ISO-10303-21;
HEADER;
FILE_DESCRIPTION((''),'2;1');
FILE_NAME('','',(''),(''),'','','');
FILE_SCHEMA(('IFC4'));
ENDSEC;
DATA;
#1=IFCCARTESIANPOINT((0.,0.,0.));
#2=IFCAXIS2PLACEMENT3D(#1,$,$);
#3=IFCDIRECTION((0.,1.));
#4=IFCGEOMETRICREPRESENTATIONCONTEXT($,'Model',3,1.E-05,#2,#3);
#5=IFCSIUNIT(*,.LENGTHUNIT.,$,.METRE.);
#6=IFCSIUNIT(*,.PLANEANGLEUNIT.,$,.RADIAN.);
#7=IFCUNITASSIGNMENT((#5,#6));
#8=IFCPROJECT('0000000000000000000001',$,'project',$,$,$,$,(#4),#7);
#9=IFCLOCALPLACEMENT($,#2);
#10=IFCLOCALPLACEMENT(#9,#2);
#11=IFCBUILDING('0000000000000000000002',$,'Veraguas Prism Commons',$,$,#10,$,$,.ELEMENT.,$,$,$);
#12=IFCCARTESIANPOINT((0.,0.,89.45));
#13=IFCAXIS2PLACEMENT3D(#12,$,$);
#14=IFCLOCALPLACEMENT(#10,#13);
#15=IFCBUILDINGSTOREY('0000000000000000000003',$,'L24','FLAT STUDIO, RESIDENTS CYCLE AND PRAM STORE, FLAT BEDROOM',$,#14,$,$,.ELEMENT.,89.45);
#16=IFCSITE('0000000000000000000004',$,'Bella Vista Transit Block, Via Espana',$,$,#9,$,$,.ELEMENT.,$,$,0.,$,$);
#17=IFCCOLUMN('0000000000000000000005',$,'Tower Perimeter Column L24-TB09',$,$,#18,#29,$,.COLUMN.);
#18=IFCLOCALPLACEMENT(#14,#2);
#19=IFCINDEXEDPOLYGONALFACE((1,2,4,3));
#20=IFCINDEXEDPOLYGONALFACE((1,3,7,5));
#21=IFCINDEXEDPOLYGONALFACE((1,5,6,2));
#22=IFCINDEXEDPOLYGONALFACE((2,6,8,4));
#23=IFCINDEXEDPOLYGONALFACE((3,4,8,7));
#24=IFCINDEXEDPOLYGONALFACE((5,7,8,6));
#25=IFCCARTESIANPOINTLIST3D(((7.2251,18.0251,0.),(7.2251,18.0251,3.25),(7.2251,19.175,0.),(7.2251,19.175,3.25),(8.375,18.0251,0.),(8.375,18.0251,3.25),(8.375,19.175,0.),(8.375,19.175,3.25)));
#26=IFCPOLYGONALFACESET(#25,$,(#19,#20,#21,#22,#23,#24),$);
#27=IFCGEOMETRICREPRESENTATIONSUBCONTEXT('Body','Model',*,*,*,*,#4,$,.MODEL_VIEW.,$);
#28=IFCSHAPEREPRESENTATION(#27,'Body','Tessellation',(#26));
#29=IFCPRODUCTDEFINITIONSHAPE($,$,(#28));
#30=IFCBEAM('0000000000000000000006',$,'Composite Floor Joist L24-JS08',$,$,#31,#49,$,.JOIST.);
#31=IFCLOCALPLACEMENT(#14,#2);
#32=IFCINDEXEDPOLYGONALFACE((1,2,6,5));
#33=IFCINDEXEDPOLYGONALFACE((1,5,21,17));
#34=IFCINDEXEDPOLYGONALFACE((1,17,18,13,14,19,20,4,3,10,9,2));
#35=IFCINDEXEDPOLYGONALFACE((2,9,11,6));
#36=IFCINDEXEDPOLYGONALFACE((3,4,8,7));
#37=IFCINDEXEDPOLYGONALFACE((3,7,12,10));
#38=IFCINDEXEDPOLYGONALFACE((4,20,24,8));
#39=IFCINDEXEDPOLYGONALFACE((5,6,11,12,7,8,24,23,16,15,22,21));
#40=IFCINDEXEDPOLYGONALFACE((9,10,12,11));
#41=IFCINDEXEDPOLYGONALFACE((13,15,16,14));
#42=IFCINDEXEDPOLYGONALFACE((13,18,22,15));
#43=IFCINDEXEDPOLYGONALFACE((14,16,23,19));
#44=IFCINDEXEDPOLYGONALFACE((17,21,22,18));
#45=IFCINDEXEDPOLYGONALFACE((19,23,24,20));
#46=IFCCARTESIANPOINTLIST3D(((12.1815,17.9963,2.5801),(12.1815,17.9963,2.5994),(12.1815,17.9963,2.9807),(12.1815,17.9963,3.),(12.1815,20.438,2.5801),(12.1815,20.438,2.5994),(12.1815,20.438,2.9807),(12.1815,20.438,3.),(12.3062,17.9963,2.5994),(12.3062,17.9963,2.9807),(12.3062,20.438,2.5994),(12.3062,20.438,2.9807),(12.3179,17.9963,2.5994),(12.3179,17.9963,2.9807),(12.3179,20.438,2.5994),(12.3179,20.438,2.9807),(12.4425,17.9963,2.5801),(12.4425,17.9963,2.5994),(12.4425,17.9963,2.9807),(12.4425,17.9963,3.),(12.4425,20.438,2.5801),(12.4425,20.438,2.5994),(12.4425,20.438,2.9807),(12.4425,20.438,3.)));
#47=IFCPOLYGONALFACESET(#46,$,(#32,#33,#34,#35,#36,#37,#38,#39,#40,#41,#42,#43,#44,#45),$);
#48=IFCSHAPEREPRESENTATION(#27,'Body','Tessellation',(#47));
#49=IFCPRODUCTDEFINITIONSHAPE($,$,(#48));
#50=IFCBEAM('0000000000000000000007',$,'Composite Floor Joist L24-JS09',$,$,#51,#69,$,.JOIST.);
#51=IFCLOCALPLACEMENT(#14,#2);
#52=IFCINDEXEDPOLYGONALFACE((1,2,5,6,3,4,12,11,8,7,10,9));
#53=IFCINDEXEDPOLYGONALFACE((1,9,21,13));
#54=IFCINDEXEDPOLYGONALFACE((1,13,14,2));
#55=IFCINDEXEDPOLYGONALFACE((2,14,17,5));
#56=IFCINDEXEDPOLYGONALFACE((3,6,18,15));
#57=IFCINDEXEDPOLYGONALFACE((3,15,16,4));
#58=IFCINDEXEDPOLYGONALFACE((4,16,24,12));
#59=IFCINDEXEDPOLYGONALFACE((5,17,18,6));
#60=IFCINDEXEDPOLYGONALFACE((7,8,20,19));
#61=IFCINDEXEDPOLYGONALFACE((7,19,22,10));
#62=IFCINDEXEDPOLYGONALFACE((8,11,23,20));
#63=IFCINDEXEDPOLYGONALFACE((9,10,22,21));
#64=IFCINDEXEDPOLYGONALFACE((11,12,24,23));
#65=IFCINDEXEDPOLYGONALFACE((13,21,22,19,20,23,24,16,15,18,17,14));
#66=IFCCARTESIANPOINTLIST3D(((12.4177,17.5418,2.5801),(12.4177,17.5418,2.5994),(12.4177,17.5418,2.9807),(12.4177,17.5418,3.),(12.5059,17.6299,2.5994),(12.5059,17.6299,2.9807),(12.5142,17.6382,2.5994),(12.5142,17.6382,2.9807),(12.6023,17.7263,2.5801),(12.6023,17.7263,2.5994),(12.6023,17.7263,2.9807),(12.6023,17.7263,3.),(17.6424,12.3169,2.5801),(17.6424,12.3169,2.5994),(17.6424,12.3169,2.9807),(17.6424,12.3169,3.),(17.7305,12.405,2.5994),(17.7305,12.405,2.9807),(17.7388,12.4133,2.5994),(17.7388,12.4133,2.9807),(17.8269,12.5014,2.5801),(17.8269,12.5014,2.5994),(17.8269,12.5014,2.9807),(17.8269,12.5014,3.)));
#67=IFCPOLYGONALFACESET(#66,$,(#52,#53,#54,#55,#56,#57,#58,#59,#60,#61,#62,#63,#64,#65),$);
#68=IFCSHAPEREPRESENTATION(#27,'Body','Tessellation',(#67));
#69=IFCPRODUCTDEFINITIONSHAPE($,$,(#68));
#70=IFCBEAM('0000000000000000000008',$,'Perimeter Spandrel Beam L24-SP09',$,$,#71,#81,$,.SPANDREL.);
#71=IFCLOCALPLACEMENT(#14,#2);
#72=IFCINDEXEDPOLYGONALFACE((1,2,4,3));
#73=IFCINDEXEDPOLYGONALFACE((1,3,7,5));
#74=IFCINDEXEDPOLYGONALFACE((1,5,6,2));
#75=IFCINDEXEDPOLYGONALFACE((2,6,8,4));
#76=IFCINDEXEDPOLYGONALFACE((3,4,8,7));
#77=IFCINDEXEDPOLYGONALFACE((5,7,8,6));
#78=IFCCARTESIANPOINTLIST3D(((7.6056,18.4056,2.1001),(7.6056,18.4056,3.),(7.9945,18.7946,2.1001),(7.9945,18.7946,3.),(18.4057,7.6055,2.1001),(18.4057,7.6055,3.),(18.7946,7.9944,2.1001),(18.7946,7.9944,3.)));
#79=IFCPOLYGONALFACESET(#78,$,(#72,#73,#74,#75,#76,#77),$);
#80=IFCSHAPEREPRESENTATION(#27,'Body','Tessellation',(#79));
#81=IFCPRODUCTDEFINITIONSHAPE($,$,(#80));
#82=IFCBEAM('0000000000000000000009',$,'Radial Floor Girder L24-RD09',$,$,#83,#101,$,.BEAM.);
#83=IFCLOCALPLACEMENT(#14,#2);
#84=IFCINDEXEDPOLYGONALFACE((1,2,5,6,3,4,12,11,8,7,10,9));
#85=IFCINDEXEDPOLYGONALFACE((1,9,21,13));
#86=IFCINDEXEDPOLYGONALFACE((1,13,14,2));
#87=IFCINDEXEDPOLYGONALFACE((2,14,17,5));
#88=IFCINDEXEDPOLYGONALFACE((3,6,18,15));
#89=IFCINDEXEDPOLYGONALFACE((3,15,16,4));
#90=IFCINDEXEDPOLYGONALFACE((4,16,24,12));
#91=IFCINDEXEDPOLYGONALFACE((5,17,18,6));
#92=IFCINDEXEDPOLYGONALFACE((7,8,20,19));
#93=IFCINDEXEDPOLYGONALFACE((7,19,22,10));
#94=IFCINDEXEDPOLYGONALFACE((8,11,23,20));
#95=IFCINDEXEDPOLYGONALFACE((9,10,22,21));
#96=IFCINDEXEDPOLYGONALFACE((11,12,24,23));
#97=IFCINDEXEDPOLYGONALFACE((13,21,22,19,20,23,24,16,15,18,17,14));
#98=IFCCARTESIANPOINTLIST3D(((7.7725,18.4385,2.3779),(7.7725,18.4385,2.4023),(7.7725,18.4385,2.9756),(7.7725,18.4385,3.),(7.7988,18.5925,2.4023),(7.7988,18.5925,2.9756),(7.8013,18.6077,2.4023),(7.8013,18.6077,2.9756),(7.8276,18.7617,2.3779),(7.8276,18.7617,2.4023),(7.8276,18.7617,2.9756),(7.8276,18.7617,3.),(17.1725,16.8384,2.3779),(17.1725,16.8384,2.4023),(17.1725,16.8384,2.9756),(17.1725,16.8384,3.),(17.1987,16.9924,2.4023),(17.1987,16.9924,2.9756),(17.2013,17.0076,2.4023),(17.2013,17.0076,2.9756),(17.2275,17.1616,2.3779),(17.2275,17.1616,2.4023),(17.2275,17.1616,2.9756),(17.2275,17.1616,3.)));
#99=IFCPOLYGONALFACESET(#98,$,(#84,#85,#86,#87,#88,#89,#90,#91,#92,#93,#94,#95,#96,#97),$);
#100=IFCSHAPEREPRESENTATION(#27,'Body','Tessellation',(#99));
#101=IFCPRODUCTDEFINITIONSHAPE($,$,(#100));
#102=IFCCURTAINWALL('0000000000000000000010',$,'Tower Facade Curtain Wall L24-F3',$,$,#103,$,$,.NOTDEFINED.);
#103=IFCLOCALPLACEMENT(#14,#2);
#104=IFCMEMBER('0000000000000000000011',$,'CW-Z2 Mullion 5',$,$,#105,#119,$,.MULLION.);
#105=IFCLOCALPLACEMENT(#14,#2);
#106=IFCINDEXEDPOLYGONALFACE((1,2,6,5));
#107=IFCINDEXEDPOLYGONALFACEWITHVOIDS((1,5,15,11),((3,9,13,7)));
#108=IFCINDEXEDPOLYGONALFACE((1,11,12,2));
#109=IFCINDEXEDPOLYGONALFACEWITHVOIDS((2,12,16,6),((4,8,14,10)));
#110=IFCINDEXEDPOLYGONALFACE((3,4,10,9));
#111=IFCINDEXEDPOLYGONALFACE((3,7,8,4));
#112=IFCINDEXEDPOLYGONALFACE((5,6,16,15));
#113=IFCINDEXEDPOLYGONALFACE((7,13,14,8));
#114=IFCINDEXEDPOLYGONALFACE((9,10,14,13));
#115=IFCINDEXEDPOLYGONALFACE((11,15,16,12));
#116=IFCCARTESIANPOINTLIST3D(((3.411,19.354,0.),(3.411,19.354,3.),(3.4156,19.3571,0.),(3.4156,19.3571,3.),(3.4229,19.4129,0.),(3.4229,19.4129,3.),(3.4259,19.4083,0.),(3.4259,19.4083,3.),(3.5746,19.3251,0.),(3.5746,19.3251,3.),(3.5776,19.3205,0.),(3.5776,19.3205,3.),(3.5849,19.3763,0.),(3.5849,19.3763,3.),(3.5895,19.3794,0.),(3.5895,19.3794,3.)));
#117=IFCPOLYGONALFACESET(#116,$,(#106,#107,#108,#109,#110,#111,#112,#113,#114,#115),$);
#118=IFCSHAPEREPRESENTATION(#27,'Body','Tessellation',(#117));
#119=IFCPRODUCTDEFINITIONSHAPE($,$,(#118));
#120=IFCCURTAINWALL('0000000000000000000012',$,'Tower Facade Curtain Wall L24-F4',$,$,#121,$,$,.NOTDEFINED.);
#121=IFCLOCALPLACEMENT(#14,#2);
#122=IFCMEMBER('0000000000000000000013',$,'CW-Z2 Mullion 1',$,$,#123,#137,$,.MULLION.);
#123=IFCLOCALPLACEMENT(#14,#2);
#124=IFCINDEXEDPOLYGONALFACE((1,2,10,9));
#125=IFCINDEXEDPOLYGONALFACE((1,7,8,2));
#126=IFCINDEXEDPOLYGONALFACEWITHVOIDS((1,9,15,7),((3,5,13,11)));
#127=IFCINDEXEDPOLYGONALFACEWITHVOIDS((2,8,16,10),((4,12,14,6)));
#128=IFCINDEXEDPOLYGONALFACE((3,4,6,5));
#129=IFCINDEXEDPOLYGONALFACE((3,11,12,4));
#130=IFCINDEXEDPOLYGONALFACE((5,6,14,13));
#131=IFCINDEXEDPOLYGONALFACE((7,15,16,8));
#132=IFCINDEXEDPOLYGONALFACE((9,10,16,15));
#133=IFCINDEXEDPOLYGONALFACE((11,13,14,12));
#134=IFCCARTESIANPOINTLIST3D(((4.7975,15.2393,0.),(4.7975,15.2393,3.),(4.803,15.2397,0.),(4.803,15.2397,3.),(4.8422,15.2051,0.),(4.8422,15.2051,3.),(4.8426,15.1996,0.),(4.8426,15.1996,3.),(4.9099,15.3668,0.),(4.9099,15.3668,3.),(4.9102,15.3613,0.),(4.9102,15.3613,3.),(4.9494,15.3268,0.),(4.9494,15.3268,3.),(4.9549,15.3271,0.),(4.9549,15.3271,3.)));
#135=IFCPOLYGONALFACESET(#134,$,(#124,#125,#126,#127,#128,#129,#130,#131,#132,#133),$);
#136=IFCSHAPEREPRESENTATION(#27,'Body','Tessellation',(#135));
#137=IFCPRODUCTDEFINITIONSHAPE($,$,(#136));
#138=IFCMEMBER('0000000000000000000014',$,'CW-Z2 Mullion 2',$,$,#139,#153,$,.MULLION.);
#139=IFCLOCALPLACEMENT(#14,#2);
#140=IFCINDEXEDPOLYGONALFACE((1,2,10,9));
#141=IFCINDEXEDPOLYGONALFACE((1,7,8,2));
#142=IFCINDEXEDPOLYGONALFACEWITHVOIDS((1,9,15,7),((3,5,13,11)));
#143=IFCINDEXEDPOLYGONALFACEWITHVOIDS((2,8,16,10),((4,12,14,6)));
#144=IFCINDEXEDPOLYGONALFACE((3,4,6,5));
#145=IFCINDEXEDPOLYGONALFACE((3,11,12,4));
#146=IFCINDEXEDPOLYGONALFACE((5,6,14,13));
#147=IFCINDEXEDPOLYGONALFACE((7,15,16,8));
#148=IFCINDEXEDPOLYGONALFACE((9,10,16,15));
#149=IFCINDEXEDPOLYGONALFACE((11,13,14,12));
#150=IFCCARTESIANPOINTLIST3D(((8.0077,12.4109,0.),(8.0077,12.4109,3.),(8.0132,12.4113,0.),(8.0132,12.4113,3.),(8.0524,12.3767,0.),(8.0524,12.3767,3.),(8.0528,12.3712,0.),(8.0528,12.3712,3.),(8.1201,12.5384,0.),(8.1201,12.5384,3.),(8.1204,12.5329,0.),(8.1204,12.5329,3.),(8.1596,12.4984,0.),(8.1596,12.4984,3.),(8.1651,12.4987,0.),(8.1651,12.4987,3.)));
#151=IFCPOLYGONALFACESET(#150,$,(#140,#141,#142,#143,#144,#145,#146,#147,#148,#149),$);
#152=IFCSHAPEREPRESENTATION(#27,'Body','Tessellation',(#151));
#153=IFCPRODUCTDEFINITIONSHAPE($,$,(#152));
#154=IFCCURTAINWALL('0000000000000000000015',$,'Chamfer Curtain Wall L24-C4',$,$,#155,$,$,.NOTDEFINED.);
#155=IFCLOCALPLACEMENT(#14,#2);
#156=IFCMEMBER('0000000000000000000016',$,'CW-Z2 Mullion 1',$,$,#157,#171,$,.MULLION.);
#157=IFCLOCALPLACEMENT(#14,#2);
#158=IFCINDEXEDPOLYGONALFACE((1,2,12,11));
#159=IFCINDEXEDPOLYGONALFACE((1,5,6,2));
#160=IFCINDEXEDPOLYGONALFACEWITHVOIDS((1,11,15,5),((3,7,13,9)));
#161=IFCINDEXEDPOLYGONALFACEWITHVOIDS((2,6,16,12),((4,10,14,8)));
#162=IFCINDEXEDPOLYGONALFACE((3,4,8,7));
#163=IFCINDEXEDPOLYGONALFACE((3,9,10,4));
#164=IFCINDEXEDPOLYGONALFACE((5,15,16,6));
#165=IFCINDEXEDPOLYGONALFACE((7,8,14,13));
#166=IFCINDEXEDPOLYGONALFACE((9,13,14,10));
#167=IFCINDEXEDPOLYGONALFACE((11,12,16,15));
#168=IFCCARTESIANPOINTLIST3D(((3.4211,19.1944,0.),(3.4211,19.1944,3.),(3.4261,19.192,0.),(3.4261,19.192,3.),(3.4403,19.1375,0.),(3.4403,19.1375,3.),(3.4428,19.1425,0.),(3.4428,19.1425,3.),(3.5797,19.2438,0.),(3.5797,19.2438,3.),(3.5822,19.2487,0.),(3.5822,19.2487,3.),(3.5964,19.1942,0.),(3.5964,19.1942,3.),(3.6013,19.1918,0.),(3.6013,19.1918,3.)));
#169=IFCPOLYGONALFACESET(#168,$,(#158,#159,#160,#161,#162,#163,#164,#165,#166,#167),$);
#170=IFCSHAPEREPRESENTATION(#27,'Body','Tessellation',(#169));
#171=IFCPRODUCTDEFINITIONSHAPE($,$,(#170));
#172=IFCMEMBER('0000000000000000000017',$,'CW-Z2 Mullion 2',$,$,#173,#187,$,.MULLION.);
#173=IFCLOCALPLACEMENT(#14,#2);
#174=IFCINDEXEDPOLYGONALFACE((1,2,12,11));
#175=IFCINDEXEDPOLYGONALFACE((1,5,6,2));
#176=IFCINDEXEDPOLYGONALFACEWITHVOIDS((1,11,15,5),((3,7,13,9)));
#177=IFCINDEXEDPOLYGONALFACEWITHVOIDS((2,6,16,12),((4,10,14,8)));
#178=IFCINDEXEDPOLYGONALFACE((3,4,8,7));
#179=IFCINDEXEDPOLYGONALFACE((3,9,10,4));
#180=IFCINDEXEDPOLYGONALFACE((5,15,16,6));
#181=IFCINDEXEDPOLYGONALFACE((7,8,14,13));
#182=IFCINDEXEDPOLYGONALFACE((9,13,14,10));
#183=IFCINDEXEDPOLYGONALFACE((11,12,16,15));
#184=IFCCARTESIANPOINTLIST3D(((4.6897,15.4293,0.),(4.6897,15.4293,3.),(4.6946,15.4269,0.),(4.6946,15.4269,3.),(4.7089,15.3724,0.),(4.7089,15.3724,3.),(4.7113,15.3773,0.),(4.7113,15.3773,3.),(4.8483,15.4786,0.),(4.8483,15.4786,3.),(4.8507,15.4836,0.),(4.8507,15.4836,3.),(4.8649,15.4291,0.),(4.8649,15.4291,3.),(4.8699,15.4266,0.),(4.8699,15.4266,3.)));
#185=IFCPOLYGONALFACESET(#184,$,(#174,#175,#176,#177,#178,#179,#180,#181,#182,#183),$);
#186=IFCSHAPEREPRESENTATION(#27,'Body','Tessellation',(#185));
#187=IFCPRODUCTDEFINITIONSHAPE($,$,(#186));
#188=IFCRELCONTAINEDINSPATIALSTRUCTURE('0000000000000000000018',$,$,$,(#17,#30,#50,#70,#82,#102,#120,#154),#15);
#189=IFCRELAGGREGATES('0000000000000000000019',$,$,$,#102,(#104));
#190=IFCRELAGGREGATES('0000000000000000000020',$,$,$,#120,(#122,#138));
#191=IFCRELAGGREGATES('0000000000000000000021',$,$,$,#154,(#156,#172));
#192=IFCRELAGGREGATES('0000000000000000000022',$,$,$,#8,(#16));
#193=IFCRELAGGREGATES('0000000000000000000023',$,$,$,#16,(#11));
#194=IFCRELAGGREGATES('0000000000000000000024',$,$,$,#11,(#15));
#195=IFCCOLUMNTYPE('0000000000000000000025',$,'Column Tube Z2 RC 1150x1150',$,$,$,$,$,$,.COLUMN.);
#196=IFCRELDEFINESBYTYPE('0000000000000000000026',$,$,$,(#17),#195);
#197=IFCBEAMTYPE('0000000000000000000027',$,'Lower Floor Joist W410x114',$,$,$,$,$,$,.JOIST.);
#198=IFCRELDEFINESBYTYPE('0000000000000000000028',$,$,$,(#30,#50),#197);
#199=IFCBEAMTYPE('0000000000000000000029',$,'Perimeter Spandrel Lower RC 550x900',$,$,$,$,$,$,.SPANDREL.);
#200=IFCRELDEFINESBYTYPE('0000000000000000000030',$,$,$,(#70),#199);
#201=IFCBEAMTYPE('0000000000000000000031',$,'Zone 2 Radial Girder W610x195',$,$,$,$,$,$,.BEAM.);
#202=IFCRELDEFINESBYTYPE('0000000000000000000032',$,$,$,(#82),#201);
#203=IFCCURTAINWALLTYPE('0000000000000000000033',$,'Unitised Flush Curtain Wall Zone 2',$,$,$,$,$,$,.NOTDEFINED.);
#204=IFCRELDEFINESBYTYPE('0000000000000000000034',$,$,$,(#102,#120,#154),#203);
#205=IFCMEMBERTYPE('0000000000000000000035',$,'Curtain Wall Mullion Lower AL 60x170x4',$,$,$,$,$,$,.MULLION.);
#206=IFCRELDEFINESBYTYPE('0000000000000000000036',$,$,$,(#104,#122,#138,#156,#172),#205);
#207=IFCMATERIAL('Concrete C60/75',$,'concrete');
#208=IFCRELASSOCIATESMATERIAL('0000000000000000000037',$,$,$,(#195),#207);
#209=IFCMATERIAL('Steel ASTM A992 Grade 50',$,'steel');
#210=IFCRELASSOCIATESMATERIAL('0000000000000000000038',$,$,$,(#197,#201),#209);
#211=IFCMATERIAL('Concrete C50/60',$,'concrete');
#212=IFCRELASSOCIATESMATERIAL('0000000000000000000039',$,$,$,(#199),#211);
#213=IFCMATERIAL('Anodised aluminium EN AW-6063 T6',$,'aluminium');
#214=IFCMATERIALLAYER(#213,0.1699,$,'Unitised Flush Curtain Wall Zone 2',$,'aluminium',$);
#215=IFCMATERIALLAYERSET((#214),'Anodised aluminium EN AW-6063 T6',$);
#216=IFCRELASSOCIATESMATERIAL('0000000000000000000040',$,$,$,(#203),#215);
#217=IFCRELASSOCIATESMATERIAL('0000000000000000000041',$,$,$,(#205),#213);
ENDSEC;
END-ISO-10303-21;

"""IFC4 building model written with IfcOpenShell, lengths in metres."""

from ifc_helpers import new_model, si_unit, direction, frame, origin, origin_2d, place, context, subcontext, project, spatial, rectangle, hollow_rectangle, i_section, extrude, source, transform, mapped, material, layer, layer_set, material_profile, profile_set, type_object, element, aggregate, save


model = new_model("IFC4")

# Units and contexts
model_context = context("Model", 3, precision=1e-05, world=origin(), true_north=direction((0.0, 1.0)))
body_context = subcontext(model_context, "Body", "Model", "MODEL_VIEW")
ifc_project = project(units=[si_unit("LENGTHUNIT", "METRE"), si_unit("PLANEANGLEUNIT", "RADIAN")], contexts=[model_context])

# Site, building, storey
site_placement = place(None, origin())
site = spatial("IfcSite", under=ifc_project, at=site_placement, Name="Bella Vista Transit Block, Via Espana", CompositionType="ELEMENT", RefElevation=0.0)
building_placement = place(site_placement, origin())
building = spatial("IfcBuilding", under=site, at=building_placement, Name="Veraguas Prism Commons", CompositionType="ELEMENT")
storey_placement = place(building_placement, frame((0.0, 0.0, 89.45)))
storey = spatial("IfcBuildingStorey", under=building, at=storey_placement, Name="L24", Description="FLAT STUDIO, RESIDENTS CYCLE AND PRAM STORE, FLAT BEDROOM", CompositionType="ELEMENT", Elevation=89.45)

# Column
ifc_material_1 = material(Name="Concrete C60/75", Category="concrete")
ifc_material_profile_1 = material_profile(ifc_material_1, rectangle(XDim=1.1499, YDim=1.1499, at=origin_2d()), Name="RC1150X1150")
ifc_profile_set_1 = profile_set([ifc_material_profile_1], Name="Concrete C60/75")
column_type = type_object("IfcColumnType", Name="Column Tube Z2 RC 1150x1150", PredefinedType="COLUMN", material=ifc_profile_set_1)
column_placement = place(storey_placement, frame((7.8, 18.6001, 0.0), z_axis=(0.0, 0.0, 1.0), x_axis=(1.0, 0.0, 0.0)))
element("IfcColumn", 1, at=column_placement, inside=storey, type_object=column_type, Name="Tower Perimeter Column L24-TB09", PredefinedType="COLUMN", context=body_context, shape_type="SweptSolid", body=[
    extrude(rectangle(XDim=1.1499, YDim=1.1499, at=origin_2d()), origin(), (0.0, 0.0, 1.0), 3.25),
])

# Beams
ifc_material_2 = material(Name="Steel ASTM A992 Grade 50", Category="steel")
ifc_material_profile_2 = material_profile(ifc_material_2, i_section(OverallWidth=0.261, OverallDepth=0.4199, WebThickness=0.0117, FlangeThickness=0.0193, at=origin_2d()), Name="W410X114")
ifc_profile_set_2 = profile_set([ifc_material_profile_2], Name="Steel ASTM A992 Grade 50")
beam_type_1 = type_object("IfcBeamType", Name="Lower Floor Joist W410x114", PredefinedType="JOIST", material=ifc_profile_set_2)
beam_1_placement = place(storey_placement, frame((12.312, 20.438, 2.79), z_axis=(0.0, -1.0, 0.0), x_axis=(1.0, 0.0, 0.0)))
element("IfcBeam", 2, at=beam_1_placement, inside=storey, type_object=beam_type_1, Name="Composite Floor Joist L24-JS08", PredefinedType="JOIST", context=body_context, shape_type="SweptSolid", body=[
    extrude(i_section(OverallWidth=0.261, OverallDepth=0.4199, WebThickness=0.0117, FlangeThickness=0.0193, at=origin_2d()), origin(), (0.0, 0.0, 1.0), 2.4417),
])
beam_2_placement = place(storey_placement, frame((12.51, 17.634, 2.79), z_axis=(0.70709, -0.707123, 0.0), x_axis=(0.707123, 0.70709, 0.0)))
element("IfcBeam", 3, at=beam_2_placement, inside=storey, type_object=beam_type_1, Name="Composite Floor Joist L24-JS09", PredefinedType="JOIST", context=body_context, shape_type="SweptSolid", body=[
    extrude(i_section(OverallWidth=0.261, OverallDepth=0.4199, WebThickness=0.0117, FlangeThickness=0.0193, at=origin_2d()), origin(), (0.0, 0.0, 1.0), 7.3889),
])
ifc_material_3 = material(Name="Concrete C50/60", Category="concrete")
ifc_material_profile_3 = material_profile(ifc_material_3, rectangle(XDim=0.55, YDim=0.8999, at=origin_2d()), Name="RC550X900")
ifc_profile_set_3 = profile_set([ifc_material_profile_3], Name="Concrete C50/60")
beam_type_2 = type_object("IfcBeamType", Name="Perimeter Spandrel Lower RC 550x900", PredefinedType="SPANDREL", material=ifc_profile_set_3)
beam_3_placement = place(storey_placement, frame((7.8, 18.6001, 2.55), z_axis=(0.707107, -0.707107, 0.0), x_axis=(0.707107, 0.707107, 0.0)))
element("IfcBeam", 4, at=beam_3_placement, inside=storey, type_object=beam_type_2, Name="Perimeter Spandrel Beam L24-SP09", PredefinedType="SPANDREL", context=body_context, shape_type="SweptSolid", body=[
    extrude(rectangle(XDim=0.55, YDim=0.8999, at=origin_2d()), origin(), (0.0, 0.0, 1.0), 15.2737),
])
ifc_material_profile_4 = material_profile(ifc_material_2, i_section(OverallWidth=0.3279, OverallDepth=0.6221, WebThickness=0.0154, FlangeThickness=0.0244, at=origin_2d()), Name="W610X195")
ifc_profile_set_4 = profile_set([ifc_material_profile_4], Name="Steel ASTM A992 Grade 50")
beam_type_3 = type_object("IfcBeamType", Name="Zone 2 Radial Girder W610x195", PredefinedType="BEAM", material=ifc_profile_set_4)
beam_4_placement = place(storey_placement, frame((7.8, 18.6001, 2.689), z_axis=(0.985819, -0.167811, 0.0), x_axis=(0.167811, 0.985819, 0.0)))
element("IfcBeam", 5, at=beam_4_placement, inside=storey, type_object=beam_type_3, Name="Radial Floor Girder L24-RD09", PredefinedType="BEAM", context=body_context, shape_type="SweptSolid", body=[
    extrude(i_section(OverallWidth=0.3279, OverallDepth=0.6221, WebThickness=0.0154, FlangeThickness=0.0244, at=origin_2d()), origin(), (0.0, 0.0, 1.0), 9.5352),
])

# Curtain wall, member
ifc_material_4 = material(Name="Anodised aluminium EN AW-6063 T6", Category="aluminium")
ifc_layer_1 = layer(ifc_material_4, 0.1699, Name="Unitised Flush Curtain Wall Zone 2", Category="aluminium")
ifc_layer_set_1 = layer_set([ifc_layer_1], Name="Anodised aluminium EN AW-6063 T6")
curtain_wall_type = type_object("IfcCurtainWallType", Name="Unitised Flush Curtain Wall Zone 2", PredefinedType="NOTDEFINED", material=ifc_layer_set_1)
curtain_wall_1_placement = place(storey_placement, origin())
curtain_wall_1 = element("IfcCurtainWall", 6, at=curtain_wall_1_placement, inside=storey, type_object=curtain_wall_type, Name="Tower Facade Curtain Wall L24-F3", PredefinedType="NOTDEFINED")
ifc_material_profile_5 = material_profile(ifc_material_4, hollow_rectangle(XDim=0.0601, YDim=0.1699, WallThickness=0.0039, at=origin_2d()), Name="AL60X170X4")
ifc_profile_set_5 = profile_set([ifc_material_profile_5], Name="Anodised aluminium EN AW-6063 T6")
member_type_1 = type_object("IfcMemberType", Name="Curtain Wall Mullion Lower AL 60x170x4", PredefinedType="MULLION", material=ifc_profile_set_5)
shared_shape_1 = source(origin(), body_context, "Body", "SweptSolid", [
    extrude(hollow_rectangle(XDim=0.0601, YDim=0.1699, WallThickness=0.0039, at=origin_2d()), origin(), (0.0, 0.0, 1.0), 3.0),
])
member_1_placement = place(storey_placement, frame((3.5002, 19.3667, 0.0), z_axis=(0.0, 0.0, 1.0), x_axis=(-0.19732, -0.980339, 0.0)))
member_1 = element("IfcMember", 7, at=member_1_placement, type_object=member_type_1, Name="CW-Z2 Mullion 5", PredefinedType="MULLION", context=body_context, shape_type="MappedRepresentation", body=[
    mapped(shared_shape_1, transform((0.0, 0.0, 0.0), scale=1.0)),
])
aggregate(curtain_wall_1, [member_1])

# Curtain walls, members
curtain_wall_2_placement = place(storey_placement, origin())
curtain_wall_2 = element("IfcCurtainWall", 8, at=curtain_wall_2_placement, inside=storey, type_object=curtain_wall_type, Name="Tower Facade Curtain Wall L24-F4", PredefinedType="NOTDEFINED")
member_2_placement = place(storey_placement, frame((4.8762, 15.2832, 0.0), z_axis=(0.0, 0.0, 1.0), x_axis=(0.750342, -0.66105, 0.0)))
member_2 = element("IfcMember", 9, at=member_2_placement, type_object=member_type_1, Name="CW-Z2 Mullion 1", PredefinedType="MULLION", context=body_context, shape_type="MappedRepresentation", body=[
    mapped(shared_shape_1, transform((0.0, 0.0, 0.0), scale=1.0)),
])
member_3_placement = place(storey_placement, frame((8.0864, 12.4548, 0.0), z_axis=(0.0, 0.0, 1.0), x_axis=(0.750342, -0.66105, 0.0)))
member_3 = element("IfcMember", 10, at=member_3_placement, type_object=member_type_1, Name="CW-Z2 Mullion 2", PredefinedType="MULLION", context=body_context, shape_type="MappedRepresentation", body=[
    mapped(shared_shape_1, transform((0.0, 0.0, 0.0), scale=1.0)),
])
curtain_wall_3_placement = place(storey_placement, origin())
curtain_wall_3 = element("IfcCurtainWall", 11, at=curtain_wall_3_placement, inside=storey, type_object=curtain_wall_type, Name="Chamfer Curtain Wall L24-C4", PredefinedType="NOTDEFINED")
member_4_placement = place(storey_placement, frame((3.5112, 19.1931, 0.0), z_axis=(0.0, 0.0, 1.0), x_axis=(0.31929, -0.947657, 0.0)))
member_4 = element("IfcMember", 12, at=member_4_placement, type_object=member_type_1, Name="CW-Z2 Mullion 1", PredefinedType="MULLION", context=body_context, shape_type="MappedRepresentation", body=[
    mapped(shared_shape_1, transform((0.0, 0.0, 0.0), scale=1.0)),
])
member_5_placement = place(storey_placement, frame((4.7798, 15.428, 0.0), z_axis=(0.0, 0.0, 1.0), x_axis=(0.31929, -0.947657, 0.0)))
member_5 = element("IfcMember", 13, at=member_5_placement, type_object=member_type_1, Name="CW-Z2 Mullion 2", PredefinedType="MULLION", context=body_context, shape_type="MappedRepresentation", body=[
    mapped(shared_shape_1, transform((0.0, 0.0, 0.0), scale=1.0)),
])

aggregate(curtain_wall_2, [member_2, member_3])
aggregate(curtain_wall_3, [member_4, member_5])

save(model, "model.ifc")
